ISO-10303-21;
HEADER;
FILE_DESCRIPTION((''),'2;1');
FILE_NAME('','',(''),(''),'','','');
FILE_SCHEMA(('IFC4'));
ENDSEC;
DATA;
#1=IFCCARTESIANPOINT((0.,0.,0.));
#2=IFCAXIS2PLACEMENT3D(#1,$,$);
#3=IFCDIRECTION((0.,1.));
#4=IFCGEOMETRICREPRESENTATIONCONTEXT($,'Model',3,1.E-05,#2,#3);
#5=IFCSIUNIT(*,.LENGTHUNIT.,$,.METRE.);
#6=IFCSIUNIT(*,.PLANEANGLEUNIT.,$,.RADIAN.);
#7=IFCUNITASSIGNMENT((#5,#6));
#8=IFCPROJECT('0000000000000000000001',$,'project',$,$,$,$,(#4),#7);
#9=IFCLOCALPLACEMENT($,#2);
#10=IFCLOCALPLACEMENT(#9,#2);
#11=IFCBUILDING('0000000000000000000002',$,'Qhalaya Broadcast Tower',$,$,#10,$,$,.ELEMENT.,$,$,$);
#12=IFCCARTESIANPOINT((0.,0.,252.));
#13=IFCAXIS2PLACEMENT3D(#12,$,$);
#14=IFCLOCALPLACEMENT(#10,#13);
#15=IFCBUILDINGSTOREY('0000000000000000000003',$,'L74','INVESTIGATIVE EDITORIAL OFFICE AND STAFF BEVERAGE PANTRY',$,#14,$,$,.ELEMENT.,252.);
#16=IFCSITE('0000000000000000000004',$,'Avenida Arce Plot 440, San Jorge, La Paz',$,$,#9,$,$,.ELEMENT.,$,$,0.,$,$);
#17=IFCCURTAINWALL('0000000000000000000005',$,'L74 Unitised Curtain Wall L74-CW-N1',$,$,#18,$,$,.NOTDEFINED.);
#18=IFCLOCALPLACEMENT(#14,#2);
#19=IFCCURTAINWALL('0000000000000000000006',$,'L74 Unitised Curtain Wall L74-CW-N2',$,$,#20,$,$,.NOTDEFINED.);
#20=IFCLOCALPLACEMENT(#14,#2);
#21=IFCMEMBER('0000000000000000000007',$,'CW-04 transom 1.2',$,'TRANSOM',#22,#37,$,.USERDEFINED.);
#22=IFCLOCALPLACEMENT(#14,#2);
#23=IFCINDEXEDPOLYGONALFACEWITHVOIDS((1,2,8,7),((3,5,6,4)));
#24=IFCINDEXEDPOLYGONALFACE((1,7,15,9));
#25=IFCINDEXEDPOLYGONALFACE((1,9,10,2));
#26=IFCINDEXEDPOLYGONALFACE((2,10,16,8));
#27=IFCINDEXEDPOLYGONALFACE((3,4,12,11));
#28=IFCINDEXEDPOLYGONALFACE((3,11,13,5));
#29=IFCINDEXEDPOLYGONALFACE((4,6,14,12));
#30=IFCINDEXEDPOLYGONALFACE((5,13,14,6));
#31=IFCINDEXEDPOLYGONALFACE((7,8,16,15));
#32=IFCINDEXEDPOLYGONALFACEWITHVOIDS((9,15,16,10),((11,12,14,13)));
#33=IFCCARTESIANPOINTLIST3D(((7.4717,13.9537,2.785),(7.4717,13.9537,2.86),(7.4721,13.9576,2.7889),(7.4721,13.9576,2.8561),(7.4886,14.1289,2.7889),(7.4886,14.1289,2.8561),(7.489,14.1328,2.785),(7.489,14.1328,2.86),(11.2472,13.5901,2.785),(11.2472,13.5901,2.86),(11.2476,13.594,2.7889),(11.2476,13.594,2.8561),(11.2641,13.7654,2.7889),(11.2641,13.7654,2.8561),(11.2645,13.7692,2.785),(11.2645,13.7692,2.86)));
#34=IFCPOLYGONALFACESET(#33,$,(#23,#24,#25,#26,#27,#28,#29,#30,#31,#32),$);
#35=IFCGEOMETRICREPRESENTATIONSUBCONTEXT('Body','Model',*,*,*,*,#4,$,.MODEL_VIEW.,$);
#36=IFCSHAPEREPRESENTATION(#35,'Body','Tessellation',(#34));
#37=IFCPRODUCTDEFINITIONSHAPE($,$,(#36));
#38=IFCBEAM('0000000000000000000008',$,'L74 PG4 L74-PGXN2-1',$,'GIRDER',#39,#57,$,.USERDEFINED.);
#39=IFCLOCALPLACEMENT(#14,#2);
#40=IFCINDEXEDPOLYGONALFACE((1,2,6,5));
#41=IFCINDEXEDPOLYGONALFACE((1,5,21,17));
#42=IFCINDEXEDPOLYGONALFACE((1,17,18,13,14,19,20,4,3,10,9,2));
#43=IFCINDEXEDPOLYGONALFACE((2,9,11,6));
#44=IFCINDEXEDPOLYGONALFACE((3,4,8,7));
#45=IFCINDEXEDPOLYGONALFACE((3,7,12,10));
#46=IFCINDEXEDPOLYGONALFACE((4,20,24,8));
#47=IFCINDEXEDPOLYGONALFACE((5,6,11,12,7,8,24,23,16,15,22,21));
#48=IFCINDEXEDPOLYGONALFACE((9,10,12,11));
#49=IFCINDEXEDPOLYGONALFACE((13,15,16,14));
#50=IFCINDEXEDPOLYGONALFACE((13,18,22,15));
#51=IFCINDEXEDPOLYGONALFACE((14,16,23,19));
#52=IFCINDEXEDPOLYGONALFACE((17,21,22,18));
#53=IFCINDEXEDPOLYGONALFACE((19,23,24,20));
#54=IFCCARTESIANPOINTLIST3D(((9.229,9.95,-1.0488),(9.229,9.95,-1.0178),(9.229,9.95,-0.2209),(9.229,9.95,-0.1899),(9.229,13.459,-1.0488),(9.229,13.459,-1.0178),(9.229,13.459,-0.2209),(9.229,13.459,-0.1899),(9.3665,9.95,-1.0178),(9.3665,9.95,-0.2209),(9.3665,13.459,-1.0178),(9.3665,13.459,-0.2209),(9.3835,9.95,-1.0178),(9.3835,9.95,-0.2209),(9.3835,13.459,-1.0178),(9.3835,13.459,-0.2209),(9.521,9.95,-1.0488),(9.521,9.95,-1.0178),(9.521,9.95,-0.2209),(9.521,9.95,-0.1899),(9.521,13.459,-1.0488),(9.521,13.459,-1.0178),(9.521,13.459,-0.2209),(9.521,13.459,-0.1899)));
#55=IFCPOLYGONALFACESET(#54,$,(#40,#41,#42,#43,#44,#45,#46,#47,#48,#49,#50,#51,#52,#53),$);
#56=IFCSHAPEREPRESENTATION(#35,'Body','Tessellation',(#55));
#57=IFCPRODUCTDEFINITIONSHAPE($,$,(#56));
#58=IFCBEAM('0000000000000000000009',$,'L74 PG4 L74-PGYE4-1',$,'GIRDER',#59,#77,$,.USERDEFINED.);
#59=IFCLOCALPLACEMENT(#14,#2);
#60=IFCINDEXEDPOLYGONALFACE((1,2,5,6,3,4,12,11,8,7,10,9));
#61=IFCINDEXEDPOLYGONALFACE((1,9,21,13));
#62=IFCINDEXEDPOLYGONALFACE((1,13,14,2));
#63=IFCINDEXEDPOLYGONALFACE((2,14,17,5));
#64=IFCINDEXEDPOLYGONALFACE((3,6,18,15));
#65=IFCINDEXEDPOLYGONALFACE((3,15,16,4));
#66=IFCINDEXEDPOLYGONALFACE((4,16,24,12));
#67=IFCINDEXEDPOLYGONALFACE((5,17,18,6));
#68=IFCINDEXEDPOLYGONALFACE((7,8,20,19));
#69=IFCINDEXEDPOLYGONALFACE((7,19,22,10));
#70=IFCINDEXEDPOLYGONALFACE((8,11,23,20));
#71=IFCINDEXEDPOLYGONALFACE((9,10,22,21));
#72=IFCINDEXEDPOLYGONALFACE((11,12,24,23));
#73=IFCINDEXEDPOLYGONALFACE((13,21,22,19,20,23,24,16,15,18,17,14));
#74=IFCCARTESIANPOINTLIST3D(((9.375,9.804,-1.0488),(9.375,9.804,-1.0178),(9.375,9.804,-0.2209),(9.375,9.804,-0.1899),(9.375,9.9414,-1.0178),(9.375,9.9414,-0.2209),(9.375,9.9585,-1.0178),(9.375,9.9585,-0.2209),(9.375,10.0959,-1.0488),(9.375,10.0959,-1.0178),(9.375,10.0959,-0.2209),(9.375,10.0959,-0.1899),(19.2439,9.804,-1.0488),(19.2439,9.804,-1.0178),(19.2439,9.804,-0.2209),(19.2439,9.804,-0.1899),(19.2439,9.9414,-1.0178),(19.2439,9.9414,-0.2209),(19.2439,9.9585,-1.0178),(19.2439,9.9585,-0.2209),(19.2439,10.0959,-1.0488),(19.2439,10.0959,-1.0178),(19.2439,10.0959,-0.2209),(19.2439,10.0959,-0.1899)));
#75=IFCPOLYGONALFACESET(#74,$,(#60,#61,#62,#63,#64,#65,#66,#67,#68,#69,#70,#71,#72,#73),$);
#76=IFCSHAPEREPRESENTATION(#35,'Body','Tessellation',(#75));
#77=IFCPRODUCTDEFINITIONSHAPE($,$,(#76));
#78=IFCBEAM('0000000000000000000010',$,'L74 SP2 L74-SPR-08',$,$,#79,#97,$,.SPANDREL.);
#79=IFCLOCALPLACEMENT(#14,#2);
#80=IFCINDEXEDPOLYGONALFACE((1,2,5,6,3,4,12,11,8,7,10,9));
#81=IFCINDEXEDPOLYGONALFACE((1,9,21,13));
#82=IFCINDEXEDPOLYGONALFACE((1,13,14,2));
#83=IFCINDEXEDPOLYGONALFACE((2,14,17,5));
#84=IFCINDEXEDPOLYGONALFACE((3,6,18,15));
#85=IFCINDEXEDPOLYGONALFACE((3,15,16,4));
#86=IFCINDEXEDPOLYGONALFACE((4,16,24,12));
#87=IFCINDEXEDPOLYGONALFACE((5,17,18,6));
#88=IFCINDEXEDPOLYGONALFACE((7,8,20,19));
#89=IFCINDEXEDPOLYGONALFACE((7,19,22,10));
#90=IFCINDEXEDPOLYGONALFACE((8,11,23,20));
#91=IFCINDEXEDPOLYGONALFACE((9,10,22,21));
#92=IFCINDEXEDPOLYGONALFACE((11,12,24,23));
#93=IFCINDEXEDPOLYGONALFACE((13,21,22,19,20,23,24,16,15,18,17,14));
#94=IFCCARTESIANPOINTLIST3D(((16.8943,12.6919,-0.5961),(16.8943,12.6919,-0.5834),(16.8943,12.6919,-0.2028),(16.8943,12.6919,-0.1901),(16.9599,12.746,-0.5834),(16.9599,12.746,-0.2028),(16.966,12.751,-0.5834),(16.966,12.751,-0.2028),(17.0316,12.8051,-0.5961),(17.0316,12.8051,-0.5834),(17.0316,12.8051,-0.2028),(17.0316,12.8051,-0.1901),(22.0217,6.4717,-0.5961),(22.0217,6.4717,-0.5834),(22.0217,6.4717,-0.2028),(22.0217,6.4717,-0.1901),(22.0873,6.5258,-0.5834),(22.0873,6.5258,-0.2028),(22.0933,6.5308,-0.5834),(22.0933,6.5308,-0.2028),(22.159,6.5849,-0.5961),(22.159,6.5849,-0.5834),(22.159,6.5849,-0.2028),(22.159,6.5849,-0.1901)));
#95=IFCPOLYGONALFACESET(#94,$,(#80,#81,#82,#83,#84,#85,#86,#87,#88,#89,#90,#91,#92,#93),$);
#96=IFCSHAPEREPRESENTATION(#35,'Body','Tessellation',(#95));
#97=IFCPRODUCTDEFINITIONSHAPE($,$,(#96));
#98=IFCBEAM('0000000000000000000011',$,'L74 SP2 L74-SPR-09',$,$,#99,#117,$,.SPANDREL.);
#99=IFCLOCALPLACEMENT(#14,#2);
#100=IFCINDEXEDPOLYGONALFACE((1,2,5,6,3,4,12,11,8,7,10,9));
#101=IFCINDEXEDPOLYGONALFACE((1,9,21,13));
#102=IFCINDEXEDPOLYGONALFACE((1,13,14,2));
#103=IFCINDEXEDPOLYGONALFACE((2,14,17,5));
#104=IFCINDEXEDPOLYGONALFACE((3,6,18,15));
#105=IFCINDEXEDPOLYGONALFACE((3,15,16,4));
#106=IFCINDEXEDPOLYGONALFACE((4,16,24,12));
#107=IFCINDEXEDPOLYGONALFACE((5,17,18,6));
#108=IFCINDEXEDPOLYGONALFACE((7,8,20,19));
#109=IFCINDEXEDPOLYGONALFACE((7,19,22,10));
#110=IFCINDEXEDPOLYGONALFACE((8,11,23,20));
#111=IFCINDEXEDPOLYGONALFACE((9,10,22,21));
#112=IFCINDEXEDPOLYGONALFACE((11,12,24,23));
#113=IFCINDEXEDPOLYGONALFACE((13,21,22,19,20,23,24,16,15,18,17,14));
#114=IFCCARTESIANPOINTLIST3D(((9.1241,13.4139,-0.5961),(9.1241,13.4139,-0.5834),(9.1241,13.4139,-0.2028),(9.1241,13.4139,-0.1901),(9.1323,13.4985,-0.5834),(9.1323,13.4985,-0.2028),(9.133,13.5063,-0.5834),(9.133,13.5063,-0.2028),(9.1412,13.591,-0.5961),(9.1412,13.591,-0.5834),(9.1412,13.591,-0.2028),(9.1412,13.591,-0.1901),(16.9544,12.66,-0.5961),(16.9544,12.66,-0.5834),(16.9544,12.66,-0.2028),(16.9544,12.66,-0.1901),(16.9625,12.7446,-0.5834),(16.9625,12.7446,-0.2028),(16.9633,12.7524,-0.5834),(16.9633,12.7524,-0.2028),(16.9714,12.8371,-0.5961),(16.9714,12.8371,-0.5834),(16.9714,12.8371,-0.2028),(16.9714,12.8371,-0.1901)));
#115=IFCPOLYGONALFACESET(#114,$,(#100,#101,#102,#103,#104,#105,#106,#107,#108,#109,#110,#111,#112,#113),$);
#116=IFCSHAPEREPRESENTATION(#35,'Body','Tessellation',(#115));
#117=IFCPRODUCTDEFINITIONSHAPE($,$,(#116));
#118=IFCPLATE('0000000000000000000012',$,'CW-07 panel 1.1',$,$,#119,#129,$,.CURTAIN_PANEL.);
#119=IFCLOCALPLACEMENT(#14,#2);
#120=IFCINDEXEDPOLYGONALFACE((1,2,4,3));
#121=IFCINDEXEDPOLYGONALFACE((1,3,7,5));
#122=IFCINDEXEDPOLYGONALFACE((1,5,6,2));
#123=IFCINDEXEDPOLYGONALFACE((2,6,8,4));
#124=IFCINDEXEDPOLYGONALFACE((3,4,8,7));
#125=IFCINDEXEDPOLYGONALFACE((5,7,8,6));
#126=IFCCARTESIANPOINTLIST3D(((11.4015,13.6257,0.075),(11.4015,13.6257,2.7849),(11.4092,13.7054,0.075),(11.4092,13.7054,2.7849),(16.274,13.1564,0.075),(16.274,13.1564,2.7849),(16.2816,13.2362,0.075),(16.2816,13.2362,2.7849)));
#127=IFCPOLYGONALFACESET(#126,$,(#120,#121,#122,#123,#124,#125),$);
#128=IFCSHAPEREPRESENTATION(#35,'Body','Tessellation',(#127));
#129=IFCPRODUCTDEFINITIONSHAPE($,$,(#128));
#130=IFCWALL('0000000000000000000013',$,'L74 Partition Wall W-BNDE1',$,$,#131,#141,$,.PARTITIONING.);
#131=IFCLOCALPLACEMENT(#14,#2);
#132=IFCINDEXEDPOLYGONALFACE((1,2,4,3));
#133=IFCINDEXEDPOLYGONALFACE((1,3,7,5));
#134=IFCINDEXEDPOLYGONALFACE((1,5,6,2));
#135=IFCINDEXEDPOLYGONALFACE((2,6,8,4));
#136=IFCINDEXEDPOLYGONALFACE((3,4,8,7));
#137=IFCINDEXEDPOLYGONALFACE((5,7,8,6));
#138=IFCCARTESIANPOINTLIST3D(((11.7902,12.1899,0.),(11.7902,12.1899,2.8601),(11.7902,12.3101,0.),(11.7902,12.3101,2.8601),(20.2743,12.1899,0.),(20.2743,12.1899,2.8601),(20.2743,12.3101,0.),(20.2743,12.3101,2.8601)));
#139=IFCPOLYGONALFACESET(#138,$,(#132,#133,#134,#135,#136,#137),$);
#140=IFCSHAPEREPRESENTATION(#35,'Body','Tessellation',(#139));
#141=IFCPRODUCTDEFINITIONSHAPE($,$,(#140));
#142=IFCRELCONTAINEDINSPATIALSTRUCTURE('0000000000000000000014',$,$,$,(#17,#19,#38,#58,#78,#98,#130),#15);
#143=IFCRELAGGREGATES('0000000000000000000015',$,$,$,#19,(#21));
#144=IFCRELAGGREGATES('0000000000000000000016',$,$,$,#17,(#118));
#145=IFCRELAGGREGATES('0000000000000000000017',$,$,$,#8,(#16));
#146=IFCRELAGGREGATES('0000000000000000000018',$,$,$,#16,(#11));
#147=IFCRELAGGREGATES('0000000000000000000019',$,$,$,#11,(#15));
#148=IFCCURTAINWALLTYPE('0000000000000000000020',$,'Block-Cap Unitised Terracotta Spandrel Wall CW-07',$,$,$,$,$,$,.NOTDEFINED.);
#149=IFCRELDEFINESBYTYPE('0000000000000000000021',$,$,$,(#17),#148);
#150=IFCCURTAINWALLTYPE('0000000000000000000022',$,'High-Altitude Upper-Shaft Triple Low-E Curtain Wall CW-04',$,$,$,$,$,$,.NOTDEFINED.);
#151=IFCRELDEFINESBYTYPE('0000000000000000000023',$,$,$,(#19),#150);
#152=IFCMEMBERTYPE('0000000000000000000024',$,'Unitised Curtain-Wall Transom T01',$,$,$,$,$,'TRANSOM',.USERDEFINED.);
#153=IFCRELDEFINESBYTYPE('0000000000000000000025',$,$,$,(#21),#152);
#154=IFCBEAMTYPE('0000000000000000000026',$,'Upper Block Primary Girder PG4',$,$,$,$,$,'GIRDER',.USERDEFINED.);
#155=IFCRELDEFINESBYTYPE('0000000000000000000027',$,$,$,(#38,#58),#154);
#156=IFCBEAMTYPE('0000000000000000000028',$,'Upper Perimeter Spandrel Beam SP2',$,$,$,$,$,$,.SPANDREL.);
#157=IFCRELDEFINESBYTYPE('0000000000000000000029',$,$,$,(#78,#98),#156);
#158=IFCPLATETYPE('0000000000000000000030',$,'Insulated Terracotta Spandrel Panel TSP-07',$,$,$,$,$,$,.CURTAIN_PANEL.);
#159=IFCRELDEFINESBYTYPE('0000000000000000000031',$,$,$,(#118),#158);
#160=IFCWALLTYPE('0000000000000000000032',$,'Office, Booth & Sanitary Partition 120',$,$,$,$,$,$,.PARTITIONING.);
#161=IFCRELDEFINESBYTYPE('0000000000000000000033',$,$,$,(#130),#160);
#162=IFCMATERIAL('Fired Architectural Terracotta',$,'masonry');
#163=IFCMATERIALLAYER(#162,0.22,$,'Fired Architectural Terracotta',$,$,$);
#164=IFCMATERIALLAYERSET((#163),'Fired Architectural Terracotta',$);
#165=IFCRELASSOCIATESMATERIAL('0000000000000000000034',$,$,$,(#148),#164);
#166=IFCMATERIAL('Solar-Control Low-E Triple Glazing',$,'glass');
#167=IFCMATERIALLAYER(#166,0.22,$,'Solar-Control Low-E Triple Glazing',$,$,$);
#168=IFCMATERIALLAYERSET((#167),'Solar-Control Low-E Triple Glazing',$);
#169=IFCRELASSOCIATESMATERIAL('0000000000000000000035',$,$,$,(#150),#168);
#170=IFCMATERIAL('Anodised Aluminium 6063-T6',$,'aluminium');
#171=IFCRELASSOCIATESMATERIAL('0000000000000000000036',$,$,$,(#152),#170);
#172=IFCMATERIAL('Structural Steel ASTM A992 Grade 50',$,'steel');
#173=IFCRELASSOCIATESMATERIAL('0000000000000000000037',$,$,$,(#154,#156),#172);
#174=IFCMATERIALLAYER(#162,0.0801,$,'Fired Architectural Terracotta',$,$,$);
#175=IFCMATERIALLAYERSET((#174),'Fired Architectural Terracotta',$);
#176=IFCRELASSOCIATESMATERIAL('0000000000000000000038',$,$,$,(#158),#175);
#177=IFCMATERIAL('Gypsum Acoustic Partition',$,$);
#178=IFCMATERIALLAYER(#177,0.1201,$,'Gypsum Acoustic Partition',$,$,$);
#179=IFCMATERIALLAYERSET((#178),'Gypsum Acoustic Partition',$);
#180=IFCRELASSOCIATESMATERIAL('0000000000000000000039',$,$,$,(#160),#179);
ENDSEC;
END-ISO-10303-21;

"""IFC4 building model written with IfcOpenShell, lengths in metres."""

from ifc_helpers import new_model, si_unit, direction, frame, frame_2d, origin, origin_2d, place, context, subcontext, project, spatial, rectangle, hollow_rectangle, i_section, extrude, material, layer, layer_set, material_profile, profile_set, type_object, element, aggregate, save


model = new_model("IFC4")

# Units and contexts
model_context = context("Model", 3, precision=1e-05, world=origin(), true_north=direction((0.0, 1.0)))
body_context = subcontext(model_context, "Body", "Model", "MODEL_VIEW")
ifc_project = project(units=[si_unit("LENGTHUNIT", "METRE"), si_unit("PLANEANGLEUNIT", "RADIAN")], contexts=[model_context])

# Site, building, storey
site_placement = place(None, origin())
site = spatial("IfcSite", under=ifc_project, at=site_placement, Name="Avenida Arce Plot 440, San Jorge, La Paz", CompositionType="ELEMENT", RefElevation=0.0)
building_placement = place(site_placement, origin())
building = spatial("IfcBuilding", under=site, at=building_placement, Name="Qhalaya Broadcast Tower", CompositionType="ELEMENT")
storey_placement = place(building_placement, frame((0.0, 0.0, 252.0)))
storey = spatial("IfcBuildingStorey", under=building, at=storey_placement, Name="L74", Description="INVESTIGATIVE EDITORIAL OFFICE AND STAFF BEVERAGE PANTRY", CompositionType="ELEMENT", Elevation=252.0)

# Shared definitions
ifc_material_1 = material(Name="Structural Steel ASTM A992 Grade 50", Category="steel")

# Shared definitions
ifc_material_2 = material(Name="Fired Architectural Terracotta", Category="masonry")
ifc_layer_1 = layer(ifc_material_2, 0.22, Name="Fired Architectural Terracotta")
ifc_layer_set_1 = layer_set([ifc_layer_1], Name="Fired Architectural Terracotta")
curtain_wall_type_1 = type_object("IfcCurtainWallType", Name="Block-Cap Unitised Terracotta Spandrel Wall CW-07", PredefinedType="NOTDEFINED", material=ifc_layer_set_1)
ifc_material_3 = material(Name="Anodised Aluminium 6063-T6", Category="aluminium")

# Curtain wall
curtain_wall_1_placement = place(storey_placement, origin())
curtain_wall_1 = element("IfcCurtainWall", 1, at=curtain_wall_1_placement, inside=storey, type_object=curtain_wall_type_1, Name="L74 Unitised Curtain Wall L74-CW-N1", PredefinedType="NOTDEFINED")

# Curtain wall
ifc_material_4 = material(Name="Solar-Control Low-E Triple Glazing", Category="glass")
ifc_layer_2 = layer(ifc_material_4, 0.22, Name="Solar-Control Low-E Triple Glazing")
ifc_layer_set_2 = layer_set([ifc_layer_2], Name="Solar-Control Low-E Triple Glazing")
curtain_wall_type_2 = type_object("IfcCurtainWallType", Name="High-Altitude Upper-Shaft Triple Low-E Curtain Wall CW-04", PredefinedType="NOTDEFINED", material=ifc_layer_set_2)
curtain_wall_2_placement = place(storey_placement, origin())
curtain_wall_2 = element("IfcCurtainWall", 2, at=curtain_wall_2_placement, inside=storey, type_object=curtain_wall_type_2, Name="L74 Unitised Curtain Wall L74-CW-N2", PredefinedType="NOTDEFINED")

# Member
ifc_material_profile_1 = material_profile(ifc_material_3, hollow_rectangle(XDim=0.075, YDim=0.1799, WallThickness=0.0039, at=origin_2d()), Name="ALU-TRN 75x180x4")
ifc_profile_set_1 = profile_set([ifc_material_profile_1], Name="Anodised Aluminium 6063-T6")
member_type_1 = type_object("IfcMemberType", Name="Unitised Curtain-Wall Transom T01", ElementType="TRANSOM", PredefinedType="USERDEFINED", material=ifc_profile_set_1)
member_1_placement = place(storey_placement, frame((11.2559, 13.6797, 2.8225), z_axis=(-0.995396, 0.095845, 0.0), x_axis=(0.0, 0.0, 1.0)))
member_1 = element("IfcMember", 3, at=member_1_placement, type_object=member_type_1, Name="CW-04 transom 1.2", ObjectType="TRANSOM", PredefinedType="USERDEFINED", context=body_context, shape_type="SweptSolid", body=[
    extrude(hollow_rectangle(XDim=0.075, YDim=0.1799, WallThickness=0.0039, at=origin_2d()), origin(), (0.0, 0.0, 1.0), 3.793),
])
aggregate(curtain_wall_2, [member_1])

# Beams
ifc_material_profile_2 = material_profile(ifc_material_1, i_section(OverallWidth=0.292, OverallDepth=0.8589, WebThickness=0.0171, FlangeThickness=0.031, at=origin_2d()), Name="W33X169")
ifc_profile_set_2 = profile_set([ifc_material_profile_2], Name="Structural Steel ASTM A992 Grade 50")
beam_type_1 = type_object("IfcBeamType", Name="Upper Block Primary Girder PG4", ElementType="GIRDER", PredefinedType="USERDEFINED", material=ifc_profile_set_2)
beam_1_placement = place(storey_placement, frame((9.375, 9.95, -0.6194), z_axis=(0.0, 1.0, 0.0), x_axis=(-1.0, 0.0, 0.0)))
element("IfcBeam", 4, at=beam_1_placement, inside=storey, type_object=beam_type_1, Name="L74 PG4 L74-PGXN2-1", ObjectType="GIRDER", PredefinedType="USERDEFINED", context=body_context, shape_type="SweptSolid", body=[
    extrude(i_section(OverallWidth=0.292, OverallDepth=0.8589, WebThickness=0.0171, FlangeThickness=0.031, at=origin_2d()), origin(), (0.0, 0.0, 1.0), 3.509),
])
beam_2_placement = place(storey_placement, frame((9.375, 9.95, -0.6194), z_axis=(1.0, 0.0, 0.0), x_axis=(0.0, 1.0, 0.0)))
element("IfcBeam", 5, at=beam_2_placement, inside=storey, type_object=beam_type_1, Name="L74 PG4 L74-PGYE4-1", ObjectType="GIRDER", PredefinedType="USERDEFINED", context=body_context, shape_type="SweptSolid", body=[
    extrude(i_section(OverallWidth=0.292, OverallDepth=0.8589, WebThickness=0.0171, FlangeThickness=0.031, at=origin_2d()), origin(), (0.0, 0.0, 1.0), 9.8689),
])
ifc_material_profile_3 = material_profile(ifc_material_1, i_section(OverallWidth=0.178, OverallDepth=0.406, WebThickness=0.0078, FlangeThickness=0.0127, at=origin_2d()), Name="W16X40")
ifc_profile_set_3 = profile_set([ifc_material_profile_3], Name="Structural Steel ASTM A992 Grade 50")
beam_type_2 = type_object("IfcBeamType", Name="Upper Perimeter Spandrel Beam SP2", PredefinedType="SPANDREL", material=ifc_profile_set_3)
beam_3_placement = place(storey_placement, frame((22.0903, 6.5283, -0.3931), z_axis=(-0.63607, 0.771631, 0.0), x_axis=(-0.771631, -0.63607, 0.0)))
element("IfcBeam", 6, at=beam_3_placement, inside=storey, type_object=beam_type_2, Name="L74 SP2 L74-SPR-08", PredefinedType="SPANDREL", context=body_context, shape_type="SweptSolid", body=[
    extrude(i_section(OverallWidth=0.178, OverallDepth=0.406, WebThickness=0.0078, FlangeThickness=0.0127, at=origin_2d()), origin(), (0.0, 0.0, 1.0), 8.061),
])
beam_4_placement = place(storey_placement, frame((16.9629, 12.7485, -0.3931), z_axis=(-0.995397, 0.095837, 0.0), x_axis=(-0.095837, -0.995397, 0.0)))
element("IfcBeam", 7, at=beam_4_placement, inside=storey, type_object=beam_type_2, Name="L74 SP2 L74-SPR-09", PredefinedType="SPANDREL", context=body_context, shape_type="SweptSolid", body=[
    extrude(i_section(OverallWidth=0.178, OverallDepth=0.406, WebThickness=0.0078, FlangeThickness=0.0127, at=origin_2d()), origin(), (0.0, 0.0, 1.0), 7.8665),
])

# Plate
ifc_layer_3 = layer(ifc_material_2, 0.0801, Name="Fired Architectural Terracotta")
ifc_layer_set_3 = layer_set([ifc_layer_3], Name="Fired Architectural Terracotta")
plate_type = type_object("IfcPlateType", Name="Insulated Terracotta Spandrel Panel TSP-07", PredefinedType="CURTAIN_PANEL", material=ifc_layer_set_3)
plate_placement = place(storey_placement, frame((13.8416, 13.4309, 0.075), z_axis=(0.0, 0.0, 1.0), x_axis=(-0.995395, 0.095857, 0.0)))
plate = element("IfcPlate", 8, at=plate_placement, type_object=plate_type, Name="CW-07 panel 1.1", PredefinedType="CURTAIN_PANEL", context=body_context, shape_type="SweptSolid", body=[
    extrude(rectangle(XDim=4.895, YDim=0.0801, at=origin_2d()), origin(), (0.0, 0.0, 1.0), 2.71),
])
aggregate(curtain_wall_1, [plate])

# Wall
ifc_material_5 = material(Name="Gypsum Acoustic Partition")
ifc_layer_4 = layer(ifc_material_5, 0.1201, Name="Gypsum Acoustic Partition")
ifc_layer_set_4 = layer_set([ifc_layer_4], Name="Gypsum Acoustic Partition")
wall_type = type_object("IfcWallType", Name="Office, Booth & Sanitary Partition 120", PredefinedType="PARTITIONING", material=ifc_layer_set_4)
wall_placement = place(storey_placement, frame((11.79, 12.25, 0.0), z_axis=(0.0, 0.0, 1.0), x_axis=(1.0, 0.0, 0.0)))
element("IfcWall", 9, at=wall_placement, inside=storey, type_object=wall_type, Name="L74 Partition Wall W-BNDE1", PredefinedType="PARTITIONING", context=body_context, shape_type="SweptSolid", body=[
    extrude(rectangle(XDim=8.4841, YDim=0.1201, at=frame_2d((4.2422, 0.0))), origin(), (0.0, 0.0, 1.0), 2.8601),
])

save(model, "model.ifc")
